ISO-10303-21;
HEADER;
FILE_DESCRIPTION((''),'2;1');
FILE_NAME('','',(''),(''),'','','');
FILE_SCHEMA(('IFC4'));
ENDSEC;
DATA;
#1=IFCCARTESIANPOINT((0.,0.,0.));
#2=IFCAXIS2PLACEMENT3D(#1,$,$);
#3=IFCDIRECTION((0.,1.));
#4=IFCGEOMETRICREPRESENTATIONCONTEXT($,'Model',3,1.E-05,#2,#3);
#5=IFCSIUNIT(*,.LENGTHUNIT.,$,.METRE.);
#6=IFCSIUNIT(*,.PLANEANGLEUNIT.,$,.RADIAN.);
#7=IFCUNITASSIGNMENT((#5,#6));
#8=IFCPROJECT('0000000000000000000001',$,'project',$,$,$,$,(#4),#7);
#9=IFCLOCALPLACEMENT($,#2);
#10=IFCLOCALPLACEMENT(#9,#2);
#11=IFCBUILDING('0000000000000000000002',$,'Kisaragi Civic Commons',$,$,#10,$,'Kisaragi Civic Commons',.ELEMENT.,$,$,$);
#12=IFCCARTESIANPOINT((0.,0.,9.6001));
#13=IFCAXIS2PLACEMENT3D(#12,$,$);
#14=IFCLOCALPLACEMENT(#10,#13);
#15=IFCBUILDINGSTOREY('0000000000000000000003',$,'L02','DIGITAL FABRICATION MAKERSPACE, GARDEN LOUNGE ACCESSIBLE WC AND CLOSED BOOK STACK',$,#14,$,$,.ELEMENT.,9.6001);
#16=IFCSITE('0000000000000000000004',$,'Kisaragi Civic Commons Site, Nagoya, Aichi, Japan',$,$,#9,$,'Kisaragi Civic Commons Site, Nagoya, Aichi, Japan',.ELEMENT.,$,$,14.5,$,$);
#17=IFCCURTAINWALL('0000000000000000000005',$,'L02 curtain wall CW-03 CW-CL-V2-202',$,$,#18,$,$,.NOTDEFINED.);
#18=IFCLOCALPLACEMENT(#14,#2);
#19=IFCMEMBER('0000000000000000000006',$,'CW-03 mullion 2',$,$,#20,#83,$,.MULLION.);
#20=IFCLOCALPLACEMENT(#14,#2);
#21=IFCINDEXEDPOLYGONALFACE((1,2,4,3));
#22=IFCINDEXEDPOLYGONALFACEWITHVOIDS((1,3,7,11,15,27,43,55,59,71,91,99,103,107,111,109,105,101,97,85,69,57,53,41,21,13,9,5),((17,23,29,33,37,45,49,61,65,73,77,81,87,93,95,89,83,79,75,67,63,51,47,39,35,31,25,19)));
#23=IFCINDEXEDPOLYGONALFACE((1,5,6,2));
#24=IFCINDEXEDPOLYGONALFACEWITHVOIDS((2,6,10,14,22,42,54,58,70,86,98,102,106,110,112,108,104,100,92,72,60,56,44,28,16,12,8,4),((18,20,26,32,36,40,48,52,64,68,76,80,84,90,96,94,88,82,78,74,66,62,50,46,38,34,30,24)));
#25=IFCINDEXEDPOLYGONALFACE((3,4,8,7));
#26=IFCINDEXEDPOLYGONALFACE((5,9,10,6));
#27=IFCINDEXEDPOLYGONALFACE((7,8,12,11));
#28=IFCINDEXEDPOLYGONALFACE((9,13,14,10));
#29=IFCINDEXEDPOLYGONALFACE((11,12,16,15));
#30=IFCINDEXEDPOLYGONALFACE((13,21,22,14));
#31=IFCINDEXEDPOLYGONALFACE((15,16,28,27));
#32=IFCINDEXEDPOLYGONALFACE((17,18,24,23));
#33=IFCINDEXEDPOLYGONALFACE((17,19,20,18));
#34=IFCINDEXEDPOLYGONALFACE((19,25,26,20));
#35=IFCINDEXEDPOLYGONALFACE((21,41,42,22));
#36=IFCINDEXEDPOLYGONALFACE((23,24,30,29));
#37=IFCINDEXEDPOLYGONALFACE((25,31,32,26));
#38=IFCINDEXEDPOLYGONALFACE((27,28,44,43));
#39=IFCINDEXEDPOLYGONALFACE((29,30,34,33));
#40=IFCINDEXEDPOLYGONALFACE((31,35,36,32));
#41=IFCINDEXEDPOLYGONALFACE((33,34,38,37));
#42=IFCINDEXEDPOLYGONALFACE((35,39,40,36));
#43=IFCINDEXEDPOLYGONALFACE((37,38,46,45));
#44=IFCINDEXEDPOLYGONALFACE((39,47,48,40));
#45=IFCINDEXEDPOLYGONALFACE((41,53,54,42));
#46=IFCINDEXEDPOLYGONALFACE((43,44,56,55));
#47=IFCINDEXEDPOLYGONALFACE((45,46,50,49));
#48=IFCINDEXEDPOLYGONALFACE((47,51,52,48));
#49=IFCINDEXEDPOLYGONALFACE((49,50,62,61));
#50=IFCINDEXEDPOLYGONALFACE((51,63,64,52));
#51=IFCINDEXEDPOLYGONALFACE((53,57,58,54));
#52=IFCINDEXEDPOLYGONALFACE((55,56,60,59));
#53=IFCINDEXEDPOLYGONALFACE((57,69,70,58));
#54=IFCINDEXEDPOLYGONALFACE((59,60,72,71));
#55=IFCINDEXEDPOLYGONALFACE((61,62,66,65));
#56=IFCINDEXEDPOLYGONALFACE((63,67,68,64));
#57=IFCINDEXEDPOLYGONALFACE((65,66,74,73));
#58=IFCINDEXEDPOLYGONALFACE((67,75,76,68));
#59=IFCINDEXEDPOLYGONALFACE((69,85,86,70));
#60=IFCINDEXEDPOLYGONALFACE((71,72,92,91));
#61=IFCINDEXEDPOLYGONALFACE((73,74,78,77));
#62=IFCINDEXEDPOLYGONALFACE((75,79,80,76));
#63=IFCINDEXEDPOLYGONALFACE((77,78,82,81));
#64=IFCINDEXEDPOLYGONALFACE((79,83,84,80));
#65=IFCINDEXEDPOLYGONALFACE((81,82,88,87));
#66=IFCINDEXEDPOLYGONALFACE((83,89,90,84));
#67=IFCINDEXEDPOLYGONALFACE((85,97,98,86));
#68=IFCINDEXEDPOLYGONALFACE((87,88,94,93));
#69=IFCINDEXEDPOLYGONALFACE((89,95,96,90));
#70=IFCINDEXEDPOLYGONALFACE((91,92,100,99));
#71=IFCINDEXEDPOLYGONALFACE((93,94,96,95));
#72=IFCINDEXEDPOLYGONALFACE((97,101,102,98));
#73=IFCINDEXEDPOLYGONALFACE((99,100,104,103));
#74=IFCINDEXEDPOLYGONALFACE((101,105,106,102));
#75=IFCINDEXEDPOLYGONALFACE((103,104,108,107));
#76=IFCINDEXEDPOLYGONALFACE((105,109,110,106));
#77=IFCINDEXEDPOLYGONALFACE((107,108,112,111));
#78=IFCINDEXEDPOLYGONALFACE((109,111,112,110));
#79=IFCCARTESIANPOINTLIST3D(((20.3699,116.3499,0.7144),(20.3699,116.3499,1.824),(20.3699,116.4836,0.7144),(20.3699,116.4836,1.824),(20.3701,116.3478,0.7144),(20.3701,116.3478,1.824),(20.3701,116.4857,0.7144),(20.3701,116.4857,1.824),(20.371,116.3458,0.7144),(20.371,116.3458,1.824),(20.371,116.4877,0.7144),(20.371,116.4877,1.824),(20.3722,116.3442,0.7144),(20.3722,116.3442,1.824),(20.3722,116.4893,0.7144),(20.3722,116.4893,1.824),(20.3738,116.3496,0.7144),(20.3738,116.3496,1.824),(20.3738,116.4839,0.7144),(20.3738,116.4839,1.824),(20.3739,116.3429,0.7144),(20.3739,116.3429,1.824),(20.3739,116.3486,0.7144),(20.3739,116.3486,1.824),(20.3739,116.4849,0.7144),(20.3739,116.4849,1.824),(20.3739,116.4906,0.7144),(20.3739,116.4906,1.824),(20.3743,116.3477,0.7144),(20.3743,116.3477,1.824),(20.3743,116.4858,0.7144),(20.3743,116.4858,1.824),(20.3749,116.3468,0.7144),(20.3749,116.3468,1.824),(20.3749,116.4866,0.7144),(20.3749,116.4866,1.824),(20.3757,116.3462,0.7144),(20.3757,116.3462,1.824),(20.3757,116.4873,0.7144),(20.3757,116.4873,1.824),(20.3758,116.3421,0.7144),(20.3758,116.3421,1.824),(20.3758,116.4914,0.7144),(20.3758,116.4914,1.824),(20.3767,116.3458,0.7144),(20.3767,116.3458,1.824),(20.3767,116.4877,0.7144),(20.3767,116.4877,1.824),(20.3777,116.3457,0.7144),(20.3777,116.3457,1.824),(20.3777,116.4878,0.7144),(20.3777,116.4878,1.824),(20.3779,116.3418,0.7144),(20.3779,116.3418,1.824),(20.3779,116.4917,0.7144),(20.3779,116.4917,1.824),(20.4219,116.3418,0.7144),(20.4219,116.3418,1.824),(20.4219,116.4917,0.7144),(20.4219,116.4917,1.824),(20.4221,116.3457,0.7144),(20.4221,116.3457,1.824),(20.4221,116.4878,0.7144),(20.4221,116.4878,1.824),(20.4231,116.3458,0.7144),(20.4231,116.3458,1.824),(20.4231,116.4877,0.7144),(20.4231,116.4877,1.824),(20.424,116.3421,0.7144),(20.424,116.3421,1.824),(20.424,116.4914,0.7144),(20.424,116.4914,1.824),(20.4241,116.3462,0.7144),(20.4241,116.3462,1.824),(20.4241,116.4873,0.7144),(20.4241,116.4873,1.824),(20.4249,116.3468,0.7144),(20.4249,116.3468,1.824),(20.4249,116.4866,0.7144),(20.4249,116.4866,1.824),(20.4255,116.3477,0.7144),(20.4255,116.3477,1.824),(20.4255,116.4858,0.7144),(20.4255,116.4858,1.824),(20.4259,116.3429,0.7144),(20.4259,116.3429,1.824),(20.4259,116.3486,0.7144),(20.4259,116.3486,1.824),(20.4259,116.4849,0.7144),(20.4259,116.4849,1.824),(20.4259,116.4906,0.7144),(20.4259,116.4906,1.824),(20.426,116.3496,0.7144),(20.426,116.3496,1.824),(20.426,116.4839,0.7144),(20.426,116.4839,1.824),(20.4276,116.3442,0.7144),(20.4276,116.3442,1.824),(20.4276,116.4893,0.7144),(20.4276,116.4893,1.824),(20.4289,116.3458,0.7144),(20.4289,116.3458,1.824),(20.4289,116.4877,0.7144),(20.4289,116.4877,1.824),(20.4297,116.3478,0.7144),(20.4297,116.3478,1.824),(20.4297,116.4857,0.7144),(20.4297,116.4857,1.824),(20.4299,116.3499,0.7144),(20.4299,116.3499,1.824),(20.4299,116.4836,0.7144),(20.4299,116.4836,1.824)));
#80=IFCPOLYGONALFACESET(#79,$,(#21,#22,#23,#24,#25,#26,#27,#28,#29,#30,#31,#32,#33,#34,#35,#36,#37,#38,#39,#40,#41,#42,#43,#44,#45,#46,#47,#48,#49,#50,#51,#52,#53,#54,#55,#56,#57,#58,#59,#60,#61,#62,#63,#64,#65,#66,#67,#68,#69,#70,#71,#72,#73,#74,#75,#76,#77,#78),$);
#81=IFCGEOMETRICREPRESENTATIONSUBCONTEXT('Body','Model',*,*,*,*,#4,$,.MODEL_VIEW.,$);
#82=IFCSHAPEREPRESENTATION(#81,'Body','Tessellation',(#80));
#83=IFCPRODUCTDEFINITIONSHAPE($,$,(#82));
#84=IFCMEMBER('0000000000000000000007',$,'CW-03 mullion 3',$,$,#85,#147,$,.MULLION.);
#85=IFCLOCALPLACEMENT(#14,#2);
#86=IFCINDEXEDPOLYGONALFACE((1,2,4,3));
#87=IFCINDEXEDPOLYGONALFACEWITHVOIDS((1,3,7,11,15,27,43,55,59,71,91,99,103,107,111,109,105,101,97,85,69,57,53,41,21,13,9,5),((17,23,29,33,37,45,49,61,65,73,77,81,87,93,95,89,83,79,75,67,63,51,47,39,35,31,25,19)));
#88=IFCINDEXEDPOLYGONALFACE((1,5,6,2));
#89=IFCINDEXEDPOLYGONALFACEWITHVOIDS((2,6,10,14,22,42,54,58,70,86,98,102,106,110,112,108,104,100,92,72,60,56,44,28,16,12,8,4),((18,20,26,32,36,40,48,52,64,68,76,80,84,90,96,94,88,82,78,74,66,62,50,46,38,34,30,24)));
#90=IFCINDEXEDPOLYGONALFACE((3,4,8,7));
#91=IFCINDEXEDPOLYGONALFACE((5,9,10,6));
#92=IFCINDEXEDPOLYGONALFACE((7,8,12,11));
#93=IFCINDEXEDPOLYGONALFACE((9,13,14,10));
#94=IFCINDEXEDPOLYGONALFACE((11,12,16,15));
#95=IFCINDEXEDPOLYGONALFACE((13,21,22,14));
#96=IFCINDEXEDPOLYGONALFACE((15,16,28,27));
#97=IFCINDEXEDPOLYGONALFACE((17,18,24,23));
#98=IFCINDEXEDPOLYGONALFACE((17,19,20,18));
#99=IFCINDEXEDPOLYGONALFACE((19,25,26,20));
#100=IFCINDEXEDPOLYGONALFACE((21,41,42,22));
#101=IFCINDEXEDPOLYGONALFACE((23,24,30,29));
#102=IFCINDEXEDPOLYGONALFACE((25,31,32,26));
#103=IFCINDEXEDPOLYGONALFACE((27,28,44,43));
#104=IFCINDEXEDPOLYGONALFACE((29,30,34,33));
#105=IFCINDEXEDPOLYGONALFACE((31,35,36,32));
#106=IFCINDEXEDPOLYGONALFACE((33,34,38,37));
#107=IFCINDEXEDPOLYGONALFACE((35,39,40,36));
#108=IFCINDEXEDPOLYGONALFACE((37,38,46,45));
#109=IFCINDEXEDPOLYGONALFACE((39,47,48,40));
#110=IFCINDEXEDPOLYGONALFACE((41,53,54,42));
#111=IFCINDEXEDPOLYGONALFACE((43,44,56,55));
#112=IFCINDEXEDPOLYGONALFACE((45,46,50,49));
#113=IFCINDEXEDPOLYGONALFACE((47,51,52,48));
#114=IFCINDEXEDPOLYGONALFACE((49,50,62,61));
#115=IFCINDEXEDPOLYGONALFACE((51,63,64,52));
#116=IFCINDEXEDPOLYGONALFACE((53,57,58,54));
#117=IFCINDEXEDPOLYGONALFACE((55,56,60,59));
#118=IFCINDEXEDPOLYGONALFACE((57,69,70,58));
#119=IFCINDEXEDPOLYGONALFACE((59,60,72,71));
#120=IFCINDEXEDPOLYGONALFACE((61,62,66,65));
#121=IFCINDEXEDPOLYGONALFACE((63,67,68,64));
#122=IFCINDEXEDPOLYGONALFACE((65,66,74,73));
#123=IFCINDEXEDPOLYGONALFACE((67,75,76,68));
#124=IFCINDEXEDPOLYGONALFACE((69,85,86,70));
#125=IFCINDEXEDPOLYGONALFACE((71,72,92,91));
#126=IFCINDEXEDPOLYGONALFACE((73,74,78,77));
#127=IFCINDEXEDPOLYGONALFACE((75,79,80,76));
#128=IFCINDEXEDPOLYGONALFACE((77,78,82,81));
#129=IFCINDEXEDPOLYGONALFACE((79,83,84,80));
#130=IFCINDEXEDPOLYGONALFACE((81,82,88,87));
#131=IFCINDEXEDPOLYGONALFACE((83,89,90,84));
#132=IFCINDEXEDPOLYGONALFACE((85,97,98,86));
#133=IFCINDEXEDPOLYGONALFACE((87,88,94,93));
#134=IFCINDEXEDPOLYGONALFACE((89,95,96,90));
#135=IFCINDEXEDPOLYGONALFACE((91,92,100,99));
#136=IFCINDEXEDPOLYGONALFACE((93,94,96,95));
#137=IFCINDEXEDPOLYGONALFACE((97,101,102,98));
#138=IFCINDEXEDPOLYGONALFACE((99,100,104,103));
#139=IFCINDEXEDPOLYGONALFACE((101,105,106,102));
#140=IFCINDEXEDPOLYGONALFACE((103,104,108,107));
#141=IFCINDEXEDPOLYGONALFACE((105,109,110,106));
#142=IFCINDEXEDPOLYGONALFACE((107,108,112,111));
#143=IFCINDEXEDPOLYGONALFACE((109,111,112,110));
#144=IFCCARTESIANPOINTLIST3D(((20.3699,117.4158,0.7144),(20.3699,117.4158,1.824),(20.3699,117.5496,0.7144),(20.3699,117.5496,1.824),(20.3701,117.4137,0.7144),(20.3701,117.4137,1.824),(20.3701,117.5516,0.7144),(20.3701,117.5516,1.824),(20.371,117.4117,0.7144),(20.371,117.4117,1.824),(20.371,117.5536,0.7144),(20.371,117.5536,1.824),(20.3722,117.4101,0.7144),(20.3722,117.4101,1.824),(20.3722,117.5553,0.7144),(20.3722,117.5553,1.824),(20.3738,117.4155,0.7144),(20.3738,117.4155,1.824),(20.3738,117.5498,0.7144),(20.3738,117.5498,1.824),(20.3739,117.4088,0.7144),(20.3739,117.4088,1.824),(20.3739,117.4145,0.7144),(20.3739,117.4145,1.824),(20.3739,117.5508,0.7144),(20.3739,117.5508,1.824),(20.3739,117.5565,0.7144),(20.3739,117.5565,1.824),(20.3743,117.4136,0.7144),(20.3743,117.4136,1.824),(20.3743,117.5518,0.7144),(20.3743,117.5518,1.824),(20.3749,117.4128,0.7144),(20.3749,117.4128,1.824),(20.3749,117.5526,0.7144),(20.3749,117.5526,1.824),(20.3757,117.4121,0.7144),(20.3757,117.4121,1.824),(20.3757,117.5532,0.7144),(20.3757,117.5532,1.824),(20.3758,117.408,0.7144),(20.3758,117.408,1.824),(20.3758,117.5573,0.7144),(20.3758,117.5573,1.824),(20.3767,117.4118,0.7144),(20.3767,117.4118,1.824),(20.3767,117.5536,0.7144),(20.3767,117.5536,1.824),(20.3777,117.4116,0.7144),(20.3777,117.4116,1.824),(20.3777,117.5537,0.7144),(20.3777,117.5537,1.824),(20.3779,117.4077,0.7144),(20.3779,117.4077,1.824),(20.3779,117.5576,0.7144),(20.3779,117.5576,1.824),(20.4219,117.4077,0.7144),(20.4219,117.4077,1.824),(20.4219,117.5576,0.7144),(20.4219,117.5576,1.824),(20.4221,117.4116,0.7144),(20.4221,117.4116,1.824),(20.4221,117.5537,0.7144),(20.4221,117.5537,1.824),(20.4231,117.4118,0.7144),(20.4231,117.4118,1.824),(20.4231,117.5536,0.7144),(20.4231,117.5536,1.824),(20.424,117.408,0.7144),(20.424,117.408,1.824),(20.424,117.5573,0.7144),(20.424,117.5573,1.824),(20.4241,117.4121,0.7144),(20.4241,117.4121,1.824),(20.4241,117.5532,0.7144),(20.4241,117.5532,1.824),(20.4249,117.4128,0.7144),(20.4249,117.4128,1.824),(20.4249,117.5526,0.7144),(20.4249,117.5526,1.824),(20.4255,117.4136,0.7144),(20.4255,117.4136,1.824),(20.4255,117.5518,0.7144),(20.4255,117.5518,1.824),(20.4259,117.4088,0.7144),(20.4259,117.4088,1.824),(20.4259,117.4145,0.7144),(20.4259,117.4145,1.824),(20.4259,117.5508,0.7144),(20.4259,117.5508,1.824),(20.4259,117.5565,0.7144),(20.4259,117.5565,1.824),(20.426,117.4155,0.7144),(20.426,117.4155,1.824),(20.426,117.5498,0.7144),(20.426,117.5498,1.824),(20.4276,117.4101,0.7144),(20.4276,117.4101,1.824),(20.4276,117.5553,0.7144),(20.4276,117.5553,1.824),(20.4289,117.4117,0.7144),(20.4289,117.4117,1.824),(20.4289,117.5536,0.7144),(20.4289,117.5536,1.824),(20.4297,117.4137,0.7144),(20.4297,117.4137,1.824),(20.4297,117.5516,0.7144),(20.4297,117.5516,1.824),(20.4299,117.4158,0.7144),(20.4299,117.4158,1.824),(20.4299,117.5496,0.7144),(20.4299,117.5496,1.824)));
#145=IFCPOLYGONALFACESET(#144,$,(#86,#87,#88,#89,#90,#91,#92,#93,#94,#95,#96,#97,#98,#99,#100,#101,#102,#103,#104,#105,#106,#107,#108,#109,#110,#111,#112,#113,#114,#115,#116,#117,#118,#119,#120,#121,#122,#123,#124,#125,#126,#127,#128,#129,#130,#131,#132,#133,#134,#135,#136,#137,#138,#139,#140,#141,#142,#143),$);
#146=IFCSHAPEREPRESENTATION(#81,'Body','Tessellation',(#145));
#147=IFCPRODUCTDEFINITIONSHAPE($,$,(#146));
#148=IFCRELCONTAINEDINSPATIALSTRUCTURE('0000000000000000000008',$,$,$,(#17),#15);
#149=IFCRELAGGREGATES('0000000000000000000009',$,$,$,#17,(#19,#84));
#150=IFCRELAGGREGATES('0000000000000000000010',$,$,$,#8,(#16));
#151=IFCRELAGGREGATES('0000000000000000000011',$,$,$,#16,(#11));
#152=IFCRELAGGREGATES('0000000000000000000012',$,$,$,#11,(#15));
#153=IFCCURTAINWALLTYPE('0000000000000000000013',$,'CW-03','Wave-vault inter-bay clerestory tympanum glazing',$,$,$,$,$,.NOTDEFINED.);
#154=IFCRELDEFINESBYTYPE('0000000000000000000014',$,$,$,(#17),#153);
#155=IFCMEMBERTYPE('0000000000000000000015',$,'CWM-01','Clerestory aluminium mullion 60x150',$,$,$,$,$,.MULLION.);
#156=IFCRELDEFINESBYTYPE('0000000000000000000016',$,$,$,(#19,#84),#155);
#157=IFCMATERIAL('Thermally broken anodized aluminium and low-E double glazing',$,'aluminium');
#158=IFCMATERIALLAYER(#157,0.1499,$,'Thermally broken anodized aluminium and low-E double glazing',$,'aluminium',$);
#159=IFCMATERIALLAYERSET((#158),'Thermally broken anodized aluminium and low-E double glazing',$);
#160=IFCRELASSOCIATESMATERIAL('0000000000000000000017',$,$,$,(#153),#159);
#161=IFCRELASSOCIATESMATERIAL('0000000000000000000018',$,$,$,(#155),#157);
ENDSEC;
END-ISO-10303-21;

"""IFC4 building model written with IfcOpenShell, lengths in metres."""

from ifc_helpers import new_model, si_unit, direction, frame, origin, origin_2d, place, context, subcontext, project, spatial, hollow_rectangle, extrude, material, layer, layer_set, material_profile, profile_set, type_object, element, aggregate, save


model = new_model("IFC4")

# Units and contexts
model_context = context("Model", 3, precision=1e-05, world=origin(), true_north=direction((0.0, 1.0)))
body_context = subcontext(model_context, "Body", "Model", "MODEL_VIEW")
ifc_project = project(units=[si_unit("LENGTHUNIT", "METRE"), si_unit("PLANEANGLEUNIT", "RADIAN")], contexts=[model_context])

# Site, building, storey
site_placement = place(None, origin())
site = spatial("IfcSite", under=ifc_project, at=site_placement, Name="Kisaragi Civic Commons Site, Nagoya, Aichi, Japan", LongName="Kisaragi Civic Commons Site, Nagoya, Aichi, Japan", CompositionType="ELEMENT", RefElevation=14.5)
building_placement = place(site_placement, origin())
building = spatial("IfcBuilding", under=site, at=building_placement, Name="Kisaragi Civic Commons", LongName="Kisaragi Civic Commons", CompositionType="ELEMENT")
storey_placement = place(building_placement, frame((0.0, 0.0, 9.6001)))
storey = spatial("IfcBuildingStorey", under=building, at=storey_placement, Name="L02", Description="DIGITAL FABRICATION MAKERSPACE, GARDEN LOUNGE ACCESSIBLE WC AND CLOSED BOOK STACK", CompositionType="ELEMENT", Elevation=9.6001)

# Shared definitions
ifc_material_1 = material(Name="Thermally broken anodized aluminium and low-E double glazing", Category="aluminium")
ifc_layer_1 = layer(ifc_material_1, 0.1499, Name="Thermally broken anodized aluminium and low-E double glazing", Category="aluminium")
ifc_layer_set_1 = layer_set([ifc_layer_1], Name="Thermally broken anodized aluminium and low-E double glazing")
curtain_wall_type = type_object("IfcCurtainWallType", Name="CW-03", Description="Wave-vault inter-bay clerestory tympanum glazing", PredefinedType="NOTDEFINED", material=ifc_layer_set_1)
ifc_material_profile_1 = material_profile(ifc_material_1, hollow_rectangle(XDim=0.0601, YDim=0.1499, WallThickness=0.0039, InnerFilletRadius=0.0039, OuterFilletRadius=0.0081, at=origin_2d()), Name="CWM-60x150x4", Category="aluminium")
ifc_profile_set_1 = profile_set([ifc_material_profile_1], Name="Thermally broken anodized aluminium and low-E double glazing")
member_type_1 = type_object("IfcMemberType", Name="CWM-01", Description="Clerestory aluminium mullion 60x150", PredefinedType="MULLION", material=ifc_profile_set_1)

# Curtain wall, members
curtain_wall_1_placement = place(storey_placement, origin())
curtain_wall_1 = element("IfcCurtainWall", 1, at=curtain_wall_1_placement, inside=storey, type_object=curtain_wall_type, Name="L02 curtain wall CW-03 CW-CL-V2-202", PredefinedType="NOTDEFINED")
member_1_placement = place(storey_placement, frame((20.3999, 116.4167, 0.7144), z_axis=(0.0, 0.0, 1.0), x_axis=(-1.0, 0.0, 0.0)))
member_1 = element("IfcMember", 2, at=member_1_placement, type_object=member_type_1, Name="CW-03 mullion 2", PredefinedType="MULLION", context=body_context, shape_type="SweptSolid", body=[
    extrude(hollow_rectangle(XDim=0.0601, YDim=0.1499, WallThickness=0.0039, InnerFilletRadius=0.0039, OuterFilletRadius=0.0081, at=origin_2d()), origin(), (0.0, 0.0, 1.0), 1.1096),
])
member_2_placement = place(storey_placement, frame((20.3999, 117.4827, 0.7144), z_axis=(0.0, 0.0, 1.0), x_axis=(-1.0, 0.0, 0.0)))
member_2 = element("IfcMember", 3, at=member_2_placement, type_object=member_type_1, Name="CW-03 mullion 3", PredefinedType="MULLION", context=body_context, shape_type="SweptSolid", body=[
    extrude(hollow_rectangle(XDim=0.0601, YDim=0.1499, WallThickness=0.0039, InnerFilletRadius=0.0039, OuterFilletRadius=0.0081, at=origin_2d()), origin(), (0.0, 0.0, 1.0), 1.1096),
])

aggregate(curtain_wall_1, [member_1, member_2])

save(model, "model.ifc")
